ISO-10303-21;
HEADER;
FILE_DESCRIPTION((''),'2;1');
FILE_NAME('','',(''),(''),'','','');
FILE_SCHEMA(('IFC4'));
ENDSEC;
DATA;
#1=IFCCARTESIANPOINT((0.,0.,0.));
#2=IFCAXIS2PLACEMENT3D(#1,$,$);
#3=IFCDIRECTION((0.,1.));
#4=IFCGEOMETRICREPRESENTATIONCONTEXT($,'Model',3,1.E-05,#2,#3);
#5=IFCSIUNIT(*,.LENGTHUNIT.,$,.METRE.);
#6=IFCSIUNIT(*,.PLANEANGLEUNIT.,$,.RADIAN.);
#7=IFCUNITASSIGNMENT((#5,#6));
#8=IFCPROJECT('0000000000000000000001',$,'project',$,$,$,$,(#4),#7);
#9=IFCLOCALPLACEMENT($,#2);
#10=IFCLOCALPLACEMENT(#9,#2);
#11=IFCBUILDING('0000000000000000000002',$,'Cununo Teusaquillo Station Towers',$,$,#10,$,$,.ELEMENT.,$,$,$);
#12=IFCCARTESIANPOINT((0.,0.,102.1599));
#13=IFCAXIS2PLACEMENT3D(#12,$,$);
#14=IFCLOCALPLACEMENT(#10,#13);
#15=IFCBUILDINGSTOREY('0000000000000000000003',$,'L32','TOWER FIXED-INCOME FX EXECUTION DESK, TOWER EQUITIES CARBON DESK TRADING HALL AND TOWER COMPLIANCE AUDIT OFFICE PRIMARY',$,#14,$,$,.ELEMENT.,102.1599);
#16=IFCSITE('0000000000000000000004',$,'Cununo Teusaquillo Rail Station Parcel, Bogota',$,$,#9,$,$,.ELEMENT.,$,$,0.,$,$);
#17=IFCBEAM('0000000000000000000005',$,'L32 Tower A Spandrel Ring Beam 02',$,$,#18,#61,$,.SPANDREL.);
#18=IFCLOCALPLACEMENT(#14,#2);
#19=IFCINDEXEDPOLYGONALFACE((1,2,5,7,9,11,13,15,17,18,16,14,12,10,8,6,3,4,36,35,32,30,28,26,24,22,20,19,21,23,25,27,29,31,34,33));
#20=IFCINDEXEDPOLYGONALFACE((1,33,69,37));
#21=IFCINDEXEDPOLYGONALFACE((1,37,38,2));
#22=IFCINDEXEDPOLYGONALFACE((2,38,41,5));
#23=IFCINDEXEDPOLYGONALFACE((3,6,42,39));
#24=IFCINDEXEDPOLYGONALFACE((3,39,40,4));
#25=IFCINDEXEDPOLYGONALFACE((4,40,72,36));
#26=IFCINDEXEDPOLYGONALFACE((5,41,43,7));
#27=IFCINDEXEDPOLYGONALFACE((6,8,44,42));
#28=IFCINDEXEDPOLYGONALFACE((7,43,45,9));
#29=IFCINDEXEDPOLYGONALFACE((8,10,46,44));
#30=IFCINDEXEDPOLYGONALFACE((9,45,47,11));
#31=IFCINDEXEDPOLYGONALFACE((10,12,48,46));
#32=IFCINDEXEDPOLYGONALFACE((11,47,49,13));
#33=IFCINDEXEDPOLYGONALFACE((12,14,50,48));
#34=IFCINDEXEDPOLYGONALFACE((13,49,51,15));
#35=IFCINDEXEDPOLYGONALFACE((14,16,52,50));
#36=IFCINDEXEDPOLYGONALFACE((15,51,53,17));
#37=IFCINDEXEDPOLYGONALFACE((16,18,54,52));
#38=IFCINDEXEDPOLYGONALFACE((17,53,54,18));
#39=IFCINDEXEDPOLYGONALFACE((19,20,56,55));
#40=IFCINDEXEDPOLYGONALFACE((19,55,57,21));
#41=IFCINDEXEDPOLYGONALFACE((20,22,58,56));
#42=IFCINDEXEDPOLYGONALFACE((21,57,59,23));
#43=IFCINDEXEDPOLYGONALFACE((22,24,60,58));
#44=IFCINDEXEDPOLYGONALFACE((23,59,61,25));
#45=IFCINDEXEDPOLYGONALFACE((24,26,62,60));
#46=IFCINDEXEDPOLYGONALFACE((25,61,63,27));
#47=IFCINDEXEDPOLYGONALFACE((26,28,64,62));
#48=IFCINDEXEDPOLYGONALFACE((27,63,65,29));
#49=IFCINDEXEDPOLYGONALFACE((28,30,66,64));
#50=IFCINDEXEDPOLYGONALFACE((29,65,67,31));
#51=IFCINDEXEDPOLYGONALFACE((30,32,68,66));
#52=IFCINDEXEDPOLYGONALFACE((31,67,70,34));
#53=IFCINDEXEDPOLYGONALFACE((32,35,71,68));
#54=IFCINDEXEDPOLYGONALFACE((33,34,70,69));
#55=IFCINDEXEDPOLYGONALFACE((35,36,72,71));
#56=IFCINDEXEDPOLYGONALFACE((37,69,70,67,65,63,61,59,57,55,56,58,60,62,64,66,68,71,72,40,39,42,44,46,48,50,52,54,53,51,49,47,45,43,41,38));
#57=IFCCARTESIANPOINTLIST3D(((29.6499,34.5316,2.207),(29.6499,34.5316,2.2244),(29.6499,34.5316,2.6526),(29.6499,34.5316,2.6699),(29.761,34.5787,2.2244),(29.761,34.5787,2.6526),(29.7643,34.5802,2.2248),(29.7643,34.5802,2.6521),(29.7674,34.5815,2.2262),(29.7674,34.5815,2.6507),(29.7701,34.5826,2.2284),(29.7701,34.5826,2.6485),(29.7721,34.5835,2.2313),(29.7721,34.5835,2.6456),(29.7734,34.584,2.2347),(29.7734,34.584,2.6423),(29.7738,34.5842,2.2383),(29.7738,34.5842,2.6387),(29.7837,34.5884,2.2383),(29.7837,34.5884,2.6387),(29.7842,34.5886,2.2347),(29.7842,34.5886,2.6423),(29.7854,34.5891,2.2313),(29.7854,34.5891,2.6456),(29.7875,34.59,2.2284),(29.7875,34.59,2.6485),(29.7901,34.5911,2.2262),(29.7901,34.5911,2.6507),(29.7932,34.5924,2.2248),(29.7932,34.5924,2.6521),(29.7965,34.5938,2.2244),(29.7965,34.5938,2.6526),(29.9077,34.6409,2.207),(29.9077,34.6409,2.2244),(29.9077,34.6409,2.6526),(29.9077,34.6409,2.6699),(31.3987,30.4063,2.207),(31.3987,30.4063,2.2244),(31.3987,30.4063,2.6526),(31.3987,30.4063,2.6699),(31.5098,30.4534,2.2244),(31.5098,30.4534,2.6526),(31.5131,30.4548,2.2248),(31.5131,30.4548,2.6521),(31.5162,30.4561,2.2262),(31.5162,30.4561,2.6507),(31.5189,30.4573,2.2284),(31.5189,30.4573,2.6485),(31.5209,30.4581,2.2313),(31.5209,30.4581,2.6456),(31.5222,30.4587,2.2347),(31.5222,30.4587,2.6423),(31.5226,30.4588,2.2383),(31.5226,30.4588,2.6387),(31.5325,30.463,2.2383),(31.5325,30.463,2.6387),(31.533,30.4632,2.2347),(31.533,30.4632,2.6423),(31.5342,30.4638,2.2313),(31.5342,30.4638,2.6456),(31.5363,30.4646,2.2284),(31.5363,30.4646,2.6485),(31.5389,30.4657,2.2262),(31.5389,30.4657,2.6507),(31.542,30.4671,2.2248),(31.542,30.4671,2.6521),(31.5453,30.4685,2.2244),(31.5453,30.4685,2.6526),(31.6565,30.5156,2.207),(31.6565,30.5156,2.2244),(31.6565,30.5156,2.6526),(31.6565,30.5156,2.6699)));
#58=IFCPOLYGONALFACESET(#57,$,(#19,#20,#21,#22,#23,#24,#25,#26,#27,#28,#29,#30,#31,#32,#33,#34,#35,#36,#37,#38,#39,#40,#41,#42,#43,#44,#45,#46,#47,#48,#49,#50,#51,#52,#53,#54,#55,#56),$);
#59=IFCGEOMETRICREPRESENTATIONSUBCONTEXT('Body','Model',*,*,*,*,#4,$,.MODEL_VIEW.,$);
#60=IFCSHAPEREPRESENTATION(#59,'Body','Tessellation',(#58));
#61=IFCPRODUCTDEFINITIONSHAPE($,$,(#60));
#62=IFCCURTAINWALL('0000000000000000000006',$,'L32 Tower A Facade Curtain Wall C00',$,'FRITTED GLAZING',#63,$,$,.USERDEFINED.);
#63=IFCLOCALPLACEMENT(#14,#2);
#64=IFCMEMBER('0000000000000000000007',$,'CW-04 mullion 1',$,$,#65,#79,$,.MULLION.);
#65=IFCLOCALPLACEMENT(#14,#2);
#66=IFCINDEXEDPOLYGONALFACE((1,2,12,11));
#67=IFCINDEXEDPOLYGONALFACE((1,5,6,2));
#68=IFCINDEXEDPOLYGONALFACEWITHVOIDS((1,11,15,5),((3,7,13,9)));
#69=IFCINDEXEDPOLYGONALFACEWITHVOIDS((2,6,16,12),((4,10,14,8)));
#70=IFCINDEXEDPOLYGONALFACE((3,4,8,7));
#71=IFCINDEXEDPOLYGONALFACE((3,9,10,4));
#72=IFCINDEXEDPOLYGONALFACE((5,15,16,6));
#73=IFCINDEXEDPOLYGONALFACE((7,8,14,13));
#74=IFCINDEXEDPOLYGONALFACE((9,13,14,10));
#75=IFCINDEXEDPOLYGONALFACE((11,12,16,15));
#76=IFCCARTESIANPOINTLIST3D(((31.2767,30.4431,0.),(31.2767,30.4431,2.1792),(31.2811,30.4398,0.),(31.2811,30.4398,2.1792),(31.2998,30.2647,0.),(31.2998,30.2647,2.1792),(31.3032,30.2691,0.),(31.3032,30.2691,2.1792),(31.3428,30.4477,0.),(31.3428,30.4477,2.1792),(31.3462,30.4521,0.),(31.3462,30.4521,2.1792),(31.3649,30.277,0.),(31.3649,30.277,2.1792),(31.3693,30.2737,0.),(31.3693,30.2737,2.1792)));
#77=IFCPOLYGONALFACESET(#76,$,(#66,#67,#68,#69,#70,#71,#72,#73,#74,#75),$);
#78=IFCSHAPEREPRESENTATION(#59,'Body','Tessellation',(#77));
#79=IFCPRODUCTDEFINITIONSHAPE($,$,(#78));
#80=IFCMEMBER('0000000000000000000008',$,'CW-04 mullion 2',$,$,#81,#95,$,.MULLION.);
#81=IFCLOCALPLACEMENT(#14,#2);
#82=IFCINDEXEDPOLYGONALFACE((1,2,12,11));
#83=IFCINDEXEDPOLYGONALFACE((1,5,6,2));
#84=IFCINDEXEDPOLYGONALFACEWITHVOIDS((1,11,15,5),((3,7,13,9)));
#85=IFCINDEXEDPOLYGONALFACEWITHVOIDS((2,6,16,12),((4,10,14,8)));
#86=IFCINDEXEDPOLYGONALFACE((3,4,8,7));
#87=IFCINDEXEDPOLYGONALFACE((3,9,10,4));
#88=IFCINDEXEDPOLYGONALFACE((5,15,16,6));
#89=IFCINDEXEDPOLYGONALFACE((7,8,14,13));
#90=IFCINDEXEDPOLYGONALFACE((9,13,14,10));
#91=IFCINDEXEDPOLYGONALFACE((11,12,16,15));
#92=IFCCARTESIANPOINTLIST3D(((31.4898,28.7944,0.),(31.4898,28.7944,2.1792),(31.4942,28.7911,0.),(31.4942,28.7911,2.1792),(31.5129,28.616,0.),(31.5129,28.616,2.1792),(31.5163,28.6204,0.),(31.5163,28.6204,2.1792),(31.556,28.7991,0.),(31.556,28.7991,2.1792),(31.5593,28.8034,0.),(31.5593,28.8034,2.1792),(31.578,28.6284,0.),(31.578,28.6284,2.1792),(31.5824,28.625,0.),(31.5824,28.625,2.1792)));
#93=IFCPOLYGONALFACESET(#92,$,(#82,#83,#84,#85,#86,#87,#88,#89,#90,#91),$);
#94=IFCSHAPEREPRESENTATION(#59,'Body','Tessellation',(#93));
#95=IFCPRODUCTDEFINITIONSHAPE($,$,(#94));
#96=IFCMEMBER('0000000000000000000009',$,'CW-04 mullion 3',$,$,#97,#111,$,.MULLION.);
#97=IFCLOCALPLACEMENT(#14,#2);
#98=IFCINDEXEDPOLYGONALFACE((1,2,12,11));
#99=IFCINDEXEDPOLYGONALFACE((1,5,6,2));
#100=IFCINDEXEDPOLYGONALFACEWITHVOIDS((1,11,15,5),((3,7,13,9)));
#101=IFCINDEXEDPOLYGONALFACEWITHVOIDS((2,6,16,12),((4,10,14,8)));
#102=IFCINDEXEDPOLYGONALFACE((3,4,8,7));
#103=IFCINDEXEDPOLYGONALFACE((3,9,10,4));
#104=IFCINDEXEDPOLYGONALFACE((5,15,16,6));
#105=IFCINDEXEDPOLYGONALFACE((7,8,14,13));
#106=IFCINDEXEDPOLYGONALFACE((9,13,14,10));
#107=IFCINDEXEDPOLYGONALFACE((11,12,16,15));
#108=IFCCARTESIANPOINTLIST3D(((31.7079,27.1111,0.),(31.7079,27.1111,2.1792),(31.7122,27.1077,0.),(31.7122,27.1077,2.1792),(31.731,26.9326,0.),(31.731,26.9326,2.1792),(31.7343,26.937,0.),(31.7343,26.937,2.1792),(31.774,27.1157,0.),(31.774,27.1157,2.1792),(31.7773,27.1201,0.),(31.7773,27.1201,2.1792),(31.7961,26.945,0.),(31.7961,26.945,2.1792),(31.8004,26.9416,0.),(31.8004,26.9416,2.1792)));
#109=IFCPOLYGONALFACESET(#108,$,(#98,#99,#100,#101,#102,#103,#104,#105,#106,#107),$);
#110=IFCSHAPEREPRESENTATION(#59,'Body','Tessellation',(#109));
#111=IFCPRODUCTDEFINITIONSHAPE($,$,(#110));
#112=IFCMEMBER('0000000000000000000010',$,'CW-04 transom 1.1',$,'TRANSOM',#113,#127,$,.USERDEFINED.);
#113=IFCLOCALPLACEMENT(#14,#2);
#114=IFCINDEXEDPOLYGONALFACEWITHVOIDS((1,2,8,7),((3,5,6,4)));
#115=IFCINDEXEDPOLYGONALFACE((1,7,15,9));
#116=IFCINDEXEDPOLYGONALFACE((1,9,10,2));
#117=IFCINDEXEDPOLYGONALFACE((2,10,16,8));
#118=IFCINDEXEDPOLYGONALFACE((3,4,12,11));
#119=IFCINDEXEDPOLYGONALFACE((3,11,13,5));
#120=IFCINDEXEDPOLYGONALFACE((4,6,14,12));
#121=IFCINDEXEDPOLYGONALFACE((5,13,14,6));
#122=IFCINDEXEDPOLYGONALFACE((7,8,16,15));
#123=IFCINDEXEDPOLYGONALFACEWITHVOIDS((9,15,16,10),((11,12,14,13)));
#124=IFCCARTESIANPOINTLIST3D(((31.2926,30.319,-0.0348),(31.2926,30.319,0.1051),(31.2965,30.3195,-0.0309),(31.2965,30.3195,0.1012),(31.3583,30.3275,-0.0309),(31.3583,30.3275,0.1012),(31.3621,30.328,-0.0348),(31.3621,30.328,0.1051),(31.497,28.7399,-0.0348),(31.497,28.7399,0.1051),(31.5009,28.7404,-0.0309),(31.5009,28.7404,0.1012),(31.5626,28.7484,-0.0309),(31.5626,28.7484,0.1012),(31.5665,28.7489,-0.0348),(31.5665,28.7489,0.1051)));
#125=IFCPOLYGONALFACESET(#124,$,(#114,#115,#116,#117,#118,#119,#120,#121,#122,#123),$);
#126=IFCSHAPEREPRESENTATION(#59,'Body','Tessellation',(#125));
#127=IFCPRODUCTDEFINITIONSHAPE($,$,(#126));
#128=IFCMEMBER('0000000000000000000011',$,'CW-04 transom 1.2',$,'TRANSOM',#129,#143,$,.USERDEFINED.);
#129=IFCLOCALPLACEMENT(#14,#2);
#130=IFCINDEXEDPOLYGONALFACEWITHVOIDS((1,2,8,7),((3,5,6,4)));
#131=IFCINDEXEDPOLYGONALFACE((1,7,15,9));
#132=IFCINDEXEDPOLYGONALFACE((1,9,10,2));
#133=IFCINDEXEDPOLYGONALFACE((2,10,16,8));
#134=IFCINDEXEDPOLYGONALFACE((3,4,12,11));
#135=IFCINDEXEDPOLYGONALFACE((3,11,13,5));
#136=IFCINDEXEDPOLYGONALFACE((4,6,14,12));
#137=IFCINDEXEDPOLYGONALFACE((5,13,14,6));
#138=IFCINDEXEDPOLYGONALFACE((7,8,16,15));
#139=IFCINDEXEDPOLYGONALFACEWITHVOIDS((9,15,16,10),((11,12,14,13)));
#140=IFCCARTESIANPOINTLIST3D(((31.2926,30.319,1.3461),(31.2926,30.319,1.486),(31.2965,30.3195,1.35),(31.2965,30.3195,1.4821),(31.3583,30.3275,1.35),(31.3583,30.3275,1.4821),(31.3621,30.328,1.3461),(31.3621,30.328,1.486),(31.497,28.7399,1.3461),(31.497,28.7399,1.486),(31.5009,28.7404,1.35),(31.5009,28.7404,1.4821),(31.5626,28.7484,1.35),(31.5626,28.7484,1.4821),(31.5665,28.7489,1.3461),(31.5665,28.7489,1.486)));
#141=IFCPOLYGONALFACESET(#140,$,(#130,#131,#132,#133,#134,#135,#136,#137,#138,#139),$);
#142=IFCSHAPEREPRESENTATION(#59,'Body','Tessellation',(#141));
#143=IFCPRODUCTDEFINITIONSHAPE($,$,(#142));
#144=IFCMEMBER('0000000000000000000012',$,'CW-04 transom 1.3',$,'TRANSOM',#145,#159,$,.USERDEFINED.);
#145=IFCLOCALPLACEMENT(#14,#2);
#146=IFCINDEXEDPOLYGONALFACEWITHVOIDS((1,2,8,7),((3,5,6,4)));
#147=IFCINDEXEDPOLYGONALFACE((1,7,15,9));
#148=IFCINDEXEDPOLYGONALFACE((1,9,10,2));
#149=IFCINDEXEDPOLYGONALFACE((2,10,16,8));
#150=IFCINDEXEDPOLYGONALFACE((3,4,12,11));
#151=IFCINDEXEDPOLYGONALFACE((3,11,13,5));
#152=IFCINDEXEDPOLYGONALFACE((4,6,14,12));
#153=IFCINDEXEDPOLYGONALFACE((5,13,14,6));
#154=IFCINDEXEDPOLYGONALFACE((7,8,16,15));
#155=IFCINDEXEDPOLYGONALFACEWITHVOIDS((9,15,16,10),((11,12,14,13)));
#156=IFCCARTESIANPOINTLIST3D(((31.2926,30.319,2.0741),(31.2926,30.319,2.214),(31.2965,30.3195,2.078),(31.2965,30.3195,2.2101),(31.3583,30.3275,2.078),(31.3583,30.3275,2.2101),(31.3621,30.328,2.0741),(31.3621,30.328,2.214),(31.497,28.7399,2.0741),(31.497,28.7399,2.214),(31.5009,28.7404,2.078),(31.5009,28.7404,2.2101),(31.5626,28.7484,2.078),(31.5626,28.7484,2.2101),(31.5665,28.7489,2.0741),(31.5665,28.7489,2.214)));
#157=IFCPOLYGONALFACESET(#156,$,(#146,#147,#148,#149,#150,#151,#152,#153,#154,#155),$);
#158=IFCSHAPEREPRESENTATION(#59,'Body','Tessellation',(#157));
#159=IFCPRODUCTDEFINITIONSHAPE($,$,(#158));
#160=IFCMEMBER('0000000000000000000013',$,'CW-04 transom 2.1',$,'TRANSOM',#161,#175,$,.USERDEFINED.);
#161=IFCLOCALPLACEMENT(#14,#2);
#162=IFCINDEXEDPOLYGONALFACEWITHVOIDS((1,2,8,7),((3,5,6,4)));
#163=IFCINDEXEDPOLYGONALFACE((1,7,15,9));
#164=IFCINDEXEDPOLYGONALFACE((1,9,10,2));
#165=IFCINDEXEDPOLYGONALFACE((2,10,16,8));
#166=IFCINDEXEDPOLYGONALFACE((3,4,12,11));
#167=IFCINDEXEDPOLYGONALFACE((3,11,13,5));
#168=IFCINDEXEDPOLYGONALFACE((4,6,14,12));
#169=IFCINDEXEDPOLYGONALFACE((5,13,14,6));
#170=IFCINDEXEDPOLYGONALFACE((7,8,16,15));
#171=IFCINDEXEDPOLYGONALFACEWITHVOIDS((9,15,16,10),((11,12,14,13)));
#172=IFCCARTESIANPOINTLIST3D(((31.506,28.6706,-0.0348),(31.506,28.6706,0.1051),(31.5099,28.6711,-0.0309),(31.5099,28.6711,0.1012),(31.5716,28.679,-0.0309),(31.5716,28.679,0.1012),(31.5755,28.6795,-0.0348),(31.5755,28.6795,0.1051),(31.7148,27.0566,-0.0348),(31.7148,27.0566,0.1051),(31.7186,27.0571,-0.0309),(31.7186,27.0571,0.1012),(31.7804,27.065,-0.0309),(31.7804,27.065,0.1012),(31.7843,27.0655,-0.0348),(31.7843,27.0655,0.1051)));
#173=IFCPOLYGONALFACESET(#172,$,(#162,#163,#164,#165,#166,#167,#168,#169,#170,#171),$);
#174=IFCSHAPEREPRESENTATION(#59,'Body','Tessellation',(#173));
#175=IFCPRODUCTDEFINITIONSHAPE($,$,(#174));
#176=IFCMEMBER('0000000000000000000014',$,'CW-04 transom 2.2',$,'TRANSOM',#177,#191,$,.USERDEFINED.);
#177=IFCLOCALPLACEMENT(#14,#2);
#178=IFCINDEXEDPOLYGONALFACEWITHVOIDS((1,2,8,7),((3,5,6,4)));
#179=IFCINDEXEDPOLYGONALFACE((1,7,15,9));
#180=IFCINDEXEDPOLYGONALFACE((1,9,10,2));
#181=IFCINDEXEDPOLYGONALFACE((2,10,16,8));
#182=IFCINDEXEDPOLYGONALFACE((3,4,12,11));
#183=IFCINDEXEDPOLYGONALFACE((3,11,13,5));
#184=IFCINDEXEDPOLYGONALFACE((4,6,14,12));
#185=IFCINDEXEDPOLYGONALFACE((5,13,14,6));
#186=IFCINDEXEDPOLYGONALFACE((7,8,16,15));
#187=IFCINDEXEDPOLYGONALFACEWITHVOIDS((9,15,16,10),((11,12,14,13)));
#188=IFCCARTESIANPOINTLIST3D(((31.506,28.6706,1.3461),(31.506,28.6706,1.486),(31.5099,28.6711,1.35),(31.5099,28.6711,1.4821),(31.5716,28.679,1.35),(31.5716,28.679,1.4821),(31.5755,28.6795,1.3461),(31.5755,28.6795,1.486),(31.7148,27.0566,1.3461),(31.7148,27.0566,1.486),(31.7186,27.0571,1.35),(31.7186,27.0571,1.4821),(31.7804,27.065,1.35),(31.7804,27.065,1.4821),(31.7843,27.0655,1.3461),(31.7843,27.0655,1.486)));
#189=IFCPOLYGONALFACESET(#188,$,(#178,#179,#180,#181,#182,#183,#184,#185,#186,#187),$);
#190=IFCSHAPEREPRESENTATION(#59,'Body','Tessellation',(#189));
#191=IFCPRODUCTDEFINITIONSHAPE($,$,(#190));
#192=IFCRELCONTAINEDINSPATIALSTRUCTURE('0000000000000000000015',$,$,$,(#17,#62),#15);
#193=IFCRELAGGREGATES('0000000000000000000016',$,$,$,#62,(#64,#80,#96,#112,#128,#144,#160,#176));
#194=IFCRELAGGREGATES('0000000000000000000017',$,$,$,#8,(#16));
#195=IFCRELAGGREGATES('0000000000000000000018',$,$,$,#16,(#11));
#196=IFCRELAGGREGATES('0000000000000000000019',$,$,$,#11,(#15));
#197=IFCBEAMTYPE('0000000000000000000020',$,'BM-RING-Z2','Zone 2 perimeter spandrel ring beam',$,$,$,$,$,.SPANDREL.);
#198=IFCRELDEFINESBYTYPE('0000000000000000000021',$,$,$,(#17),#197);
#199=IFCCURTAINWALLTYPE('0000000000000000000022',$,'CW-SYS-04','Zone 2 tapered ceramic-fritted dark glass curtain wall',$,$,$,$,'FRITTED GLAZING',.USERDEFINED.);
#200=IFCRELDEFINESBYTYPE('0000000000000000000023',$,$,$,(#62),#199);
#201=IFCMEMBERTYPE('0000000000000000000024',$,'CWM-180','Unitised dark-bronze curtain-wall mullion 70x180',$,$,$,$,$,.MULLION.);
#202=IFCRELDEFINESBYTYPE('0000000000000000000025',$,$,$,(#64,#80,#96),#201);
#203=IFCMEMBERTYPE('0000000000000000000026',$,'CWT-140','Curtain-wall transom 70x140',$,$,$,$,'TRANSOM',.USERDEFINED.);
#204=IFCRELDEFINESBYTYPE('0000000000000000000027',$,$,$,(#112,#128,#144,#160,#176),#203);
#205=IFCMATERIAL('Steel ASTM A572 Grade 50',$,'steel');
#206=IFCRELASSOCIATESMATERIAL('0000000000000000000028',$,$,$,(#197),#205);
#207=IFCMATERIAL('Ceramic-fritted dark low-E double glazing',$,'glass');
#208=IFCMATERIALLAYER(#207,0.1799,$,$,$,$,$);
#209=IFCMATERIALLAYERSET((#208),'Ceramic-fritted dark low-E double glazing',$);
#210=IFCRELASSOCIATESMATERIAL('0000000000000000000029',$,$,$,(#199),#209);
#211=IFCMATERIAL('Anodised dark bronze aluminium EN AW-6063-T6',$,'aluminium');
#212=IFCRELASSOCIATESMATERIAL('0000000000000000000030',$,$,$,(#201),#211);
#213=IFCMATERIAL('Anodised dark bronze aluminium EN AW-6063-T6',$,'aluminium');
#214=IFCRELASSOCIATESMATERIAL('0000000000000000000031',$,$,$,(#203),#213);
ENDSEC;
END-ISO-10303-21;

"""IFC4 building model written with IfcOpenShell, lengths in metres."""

from ifc_helpers import new_model, si_unit, direction, frame, origin, origin_2d, place, context, subcontext, project, spatial, hollow_rectangle, i_section, extrude, material, layer, layer_set, material_profile, profile_set, type_object, element, aggregate, save


model = new_model("IFC4")

# Units and contexts
model_context = context("Model", 3, precision=1e-05, world=origin(), true_north=direction((0.0, 1.0)))
body_context = subcontext(model_context, "Body", "Model", "MODEL_VIEW")
ifc_project = project(units=[si_unit("LENGTHUNIT", "METRE"), si_unit("PLANEANGLEUNIT", "RADIAN")], contexts=[model_context])

# Site, building, storey
site_placement = place(None, origin())
site = spatial("IfcSite", under=ifc_project, at=site_placement, Name="Cununo Teusaquillo Rail Station Parcel, Bogota", CompositionType="ELEMENT", RefElevation=0.0)
building_placement = place(site_placement, origin())
building = spatial("IfcBuilding", under=site, at=building_placement, Name="Cununo Teusaquillo Station Towers", CompositionType="ELEMENT")
storey_placement = place(building_placement, frame((0.0, 0.0, 102.1599)))
storey = spatial("IfcBuildingStorey", under=building, at=storey_placement, Name="L32", Description="TOWER FIXED-INCOME FX EXECUTION DESK, TOWER EQUITIES CARBON DESK TRADING HALL AND TOWER COMPLIANCE AUDIT OFFICE PRIMARY", CompositionType="ELEMENT", Elevation=102.1599)

# Beam
ifc_material_1 = material(Name="Steel ASTM A572 Grade 50", Category="steel")
ifc_material_profile_1 = material_profile(ifc_material_1, i_section(OverallWidth=0.28, OverallDepth=0.4629, WebThickness=0.0107, FlangeThickness=0.0173, FilletRadius=0.0139, at=origin_2d()), Name="W18X76")
ifc_profile_set_1 = profile_set([ifc_material_profile_1], Name="Steel ASTM A572 Grade 50")
beam_type = type_object("IfcBeamType", Name="BM-RING-Z2", Description="Zone 2 perimeter spandrel ring beam", PredefinedType="SPANDREL", material=ifc_profile_set_1)
beam_1_placement = place(storey_placement, frame((31.5276, 30.4609, 2.4385), z_axis=(-0.390299, 0.920688, 0.0), x_axis=(-0.920688, -0.390299, 0.0)))
element("IfcBeam", 1, at=beam_1_placement, inside=storey, type_object=beam_type, Name="L32 Tower A Spandrel Ring Beam 02", PredefinedType="SPANDREL", context=body_context, shape_type="SweptSolid", body=[
    extrude(i_section(OverallWidth=0.28, OverallDepth=0.4629, WebThickness=0.0107, FlangeThickness=0.0173, FilletRadius=0.0139, at=origin_2d()), origin(), (0.0, 0.0, 1.0), 4.4807),
])

# Curtain wall, members
ifc_material_2 = material(Name="Ceramic-fritted dark low-E double glazing", Category="glass")
ifc_layer_1 = layer(ifc_material_2, 0.1799)
ifc_layer_set_1 = layer_set([ifc_layer_1], Name="Ceramic-fritted dark low-E double glazing")
curtain_wall_type = type_object("IfcCurtainWallType", Name="CW-SYS-04", Description="Zone 2 tapered ceramic-fritted dark glass curtain wall", ElementType="FRITTED GLAZING", PredefinedType="USERDEFINED", material=ifc_layer_set_1)
curtain_wall_placement = place(storey_placement, origin())
curtain_wall = element("IfcCurtainWall", 2, at=curtain_wall_placement, inside=storey, type_object=curtain_wall_type, Name="L32 Tower A Facade Curtain Wall C00", ObjectType="FRITTED GLAZING", PredefinedType="USERDEFINED")
ifc_material_3 = material(Name="Anodised dark bronze aluminium EN AW-6063-T6", Category="aluminium")
ifc_material_profile_2 = material_profile(ifc_material_3, hollow_rectangle(XDim=0.0701, YDim=0.1799, WallThickness=0.0039, at=origin_2d()), Name="CW-MULL-70x180")
ifc_profile_set_2 = profile_set([ifc_material_profile_2], Name="Anodised dark bronze aluminium EN AW-6063-T6")
member_type_1 = type_object("IfcMemberType", Name="CWM-180", Description="Unitised dark-bronze curtain-wall mullion 70x180", PredefinedType="MULLION", material=ifc_profile_set_2)
member_1_placement = place(storey_placement, frame((31.323, 30.3584, 0.0), z_axis=(0.0, 0.0, 1.0), x_axis=(0.991731, 0.128336, 0.0)))
member_1 = element("IfcMember", 3, at=member_1_placement, type_object=member_type_1, Name="CW-04 mullion 1", PredefinedType="MULLION", context=body_context, shape_type="SweptSolid", body=[
    extrude(hollow_rectangle(XDim=0.0701, YDim=0.1799, WallThickness=0.0039, at=origin_2d()), origin(), (0.0, 0.0, 1.0), 2.1792),
])
member_2_placement = place(storey_placement, frame((31.5361, 28.7097, 0.0), z_axis=(0.0, 0.0, 1.0), x_axis=(0.991731, 0.128336, 0.0)))
member_2 = element("IfcMember", 4, at=member_2_placement, type_object=member_type_1, Name="CW-04 mullion 2", PredefinedType="MULLION", context=body_context, shape_type="SweptSolid", body=[
    extrude(hollow_rectangle(XDim=0.0701, YDim=0.1799, WallThickness=0.0039, at=origin_2d()), origin(), (0.0, 0.0, 1.0), 2.1792),
])
member_3_placement = place(storey_placement, frame((31.7542, 27.0264, 0.0), z_axis=(0.0, 0.0, 1.0), x_axis=(0.991731, 0.128336, 0.0)))
member_3 = element("IfcMember", 5, at=member_3_placement, type_object=member_type_1, Name="CW-04 mullion 3", PredefinedType="MULLION", context=body_context, shape_type="SweptSolid", body=[
    extrude(hollow_rectangle(XDim=0.0701, YDim=0.1799, WallThickness=0.0039, at=origin_2d()), origin(), (0.0, 0.0, 1.0), 2.1792),
])
ifc_material_4 = material(Name="Anodised dark bronze aluminium EN AW-6063-T6", Category="aluminium")
ifc_material_profile_3 = material_profile(ifc_material_4, hollow_rectangle(XDim=0.0701, YDim=0.1399, WallThickness=0.0039, at=origin_2d()), Name="CW-TRAN-70x140")
ifc_profile_set_3 = profile_set([ifc_material_profile_3], Name="Anodised dark bronze aluminium EN AW-6063-T6")
member_type_2 = type_object("IfcMemberType", Name="CWT-140", Description="Curtain-wall transom 70x140", ElementType="TRANSOM", PredefinedType="USERDEFINED", material=ifc_profile_set_3)
member_4_placement = place(storey_placement, frame((31.3274, 30.3235, 0.0352), z_axis=(0.128336, -0.991731, 0.0), x_axis=(0.991731, 0.128336, 0.0)))
member_4 = element("IfcMember", 6, at=member_4_placement, type_object=member_type_2, Name="CW-04 transom 1.1", ObjectType="TRANSOM", PredefinedType="USERDEFINED", context=body_context, shape_type="SweptSolid", body=[
    extrude(hollow_rectangle(XDim=0.0701, YDim=0.1399, WallThickness=0.0039, at=origin_2d()), origin(), (0.0, 0.0, 1.0), 1.5923),
])
member_5_placement = place(storey_placement, frame((31.3274, 30.3235, 1.416), z_axis=(0.128336, -0.991731, 0.0), x_axis=(0.991731, 0.128336, 0.0)))
member_5 = element("IfcMember", 7, at=member_5_placement, type_object=member_type_2, Name="CW-04 transom 1.2", ObjectType="TRANSOM", PredefinedType="USERDEFINED", context=body_context, shape_type="SweptSolid", body=[
    extrude(hollow_rectangle(XDim=0.0701, YDim=0.1399, WallThickness=0.0039, at=origin_2d()), origin(), (0.0, 0.0, 1.0), 1.5923),
])
member_6_placement = place(storey_placement, frame((31.3274, 30.3235, 2.144), z_axis=(0.128336, -0.991731, 0.0), x_axis=(0.991731, 0.128336, 0.0)))
member_6 = element("IfcMember", 8, at=member_6_placement, type_object=member_type_2, Name="CW-04 transom 1.3", ObjectType="TRANSOM", PredefinedType="USERDEFINED", context=body_context, shape_type="SweptSolid", body=[
    extrude(hollow_rectangle(XDim=0.0701, YDim=0.1399, WallThickness=0.0039, at=origin_2d()), origin(), (0.0, 0.0, 1.0), 1.5923),
])
member_7_placement = place(storey_placement, frame((31.5408, 28.675, 0.0352), z_axis=(0.128262, -0.99174, 0.0), x_axis=(0.99174, 0.128262, 0.0)))
member_7 = element("IfcMember", 9, at=member_7_placement, type_object=member_type_2, Name="CW-04 transom 2.1", ObjectType="TRANSOM", PredefinedType="USERDEFINED", context=body_context, shape_type="SweptSolid", body=[
    extrude(hollow_rectangle(XDim=0.0701, YDim=0.1399, WallThickness=0.0039, at=origin_2d()), origin(), (0.0, 0.0, 1.0), 1.6274),
])
member_8_placement = place(storey_placement, frame((31.5408, 28.675, 1.416), z_axis=(0.128262, -0.99174, 0.0), x_axis=(0.99174, 0.128262, 0.0)))
member_8 = element("IfcMember", 10, at=member_8_placement, type_object=member_type_2, Name="CW-04 transom 2.2", ObjectType="TRANSOM", PredefinedType="USERDEFINED", context=body_context, shape_type="SweptSolid", body=[
    extrude(hollow_rectangle(XDim=0.0701, YDim=0.1399, WallThickness=0.0039, at=origin_2d()), origin(), (0.0, 0.0, 1.0), 1.6274),
])
aggregate(curtain_wall, [member_1, member_2, member_3, member_4, member_5, member_6, member_7, member_8])

save(model, "model.ifc")
